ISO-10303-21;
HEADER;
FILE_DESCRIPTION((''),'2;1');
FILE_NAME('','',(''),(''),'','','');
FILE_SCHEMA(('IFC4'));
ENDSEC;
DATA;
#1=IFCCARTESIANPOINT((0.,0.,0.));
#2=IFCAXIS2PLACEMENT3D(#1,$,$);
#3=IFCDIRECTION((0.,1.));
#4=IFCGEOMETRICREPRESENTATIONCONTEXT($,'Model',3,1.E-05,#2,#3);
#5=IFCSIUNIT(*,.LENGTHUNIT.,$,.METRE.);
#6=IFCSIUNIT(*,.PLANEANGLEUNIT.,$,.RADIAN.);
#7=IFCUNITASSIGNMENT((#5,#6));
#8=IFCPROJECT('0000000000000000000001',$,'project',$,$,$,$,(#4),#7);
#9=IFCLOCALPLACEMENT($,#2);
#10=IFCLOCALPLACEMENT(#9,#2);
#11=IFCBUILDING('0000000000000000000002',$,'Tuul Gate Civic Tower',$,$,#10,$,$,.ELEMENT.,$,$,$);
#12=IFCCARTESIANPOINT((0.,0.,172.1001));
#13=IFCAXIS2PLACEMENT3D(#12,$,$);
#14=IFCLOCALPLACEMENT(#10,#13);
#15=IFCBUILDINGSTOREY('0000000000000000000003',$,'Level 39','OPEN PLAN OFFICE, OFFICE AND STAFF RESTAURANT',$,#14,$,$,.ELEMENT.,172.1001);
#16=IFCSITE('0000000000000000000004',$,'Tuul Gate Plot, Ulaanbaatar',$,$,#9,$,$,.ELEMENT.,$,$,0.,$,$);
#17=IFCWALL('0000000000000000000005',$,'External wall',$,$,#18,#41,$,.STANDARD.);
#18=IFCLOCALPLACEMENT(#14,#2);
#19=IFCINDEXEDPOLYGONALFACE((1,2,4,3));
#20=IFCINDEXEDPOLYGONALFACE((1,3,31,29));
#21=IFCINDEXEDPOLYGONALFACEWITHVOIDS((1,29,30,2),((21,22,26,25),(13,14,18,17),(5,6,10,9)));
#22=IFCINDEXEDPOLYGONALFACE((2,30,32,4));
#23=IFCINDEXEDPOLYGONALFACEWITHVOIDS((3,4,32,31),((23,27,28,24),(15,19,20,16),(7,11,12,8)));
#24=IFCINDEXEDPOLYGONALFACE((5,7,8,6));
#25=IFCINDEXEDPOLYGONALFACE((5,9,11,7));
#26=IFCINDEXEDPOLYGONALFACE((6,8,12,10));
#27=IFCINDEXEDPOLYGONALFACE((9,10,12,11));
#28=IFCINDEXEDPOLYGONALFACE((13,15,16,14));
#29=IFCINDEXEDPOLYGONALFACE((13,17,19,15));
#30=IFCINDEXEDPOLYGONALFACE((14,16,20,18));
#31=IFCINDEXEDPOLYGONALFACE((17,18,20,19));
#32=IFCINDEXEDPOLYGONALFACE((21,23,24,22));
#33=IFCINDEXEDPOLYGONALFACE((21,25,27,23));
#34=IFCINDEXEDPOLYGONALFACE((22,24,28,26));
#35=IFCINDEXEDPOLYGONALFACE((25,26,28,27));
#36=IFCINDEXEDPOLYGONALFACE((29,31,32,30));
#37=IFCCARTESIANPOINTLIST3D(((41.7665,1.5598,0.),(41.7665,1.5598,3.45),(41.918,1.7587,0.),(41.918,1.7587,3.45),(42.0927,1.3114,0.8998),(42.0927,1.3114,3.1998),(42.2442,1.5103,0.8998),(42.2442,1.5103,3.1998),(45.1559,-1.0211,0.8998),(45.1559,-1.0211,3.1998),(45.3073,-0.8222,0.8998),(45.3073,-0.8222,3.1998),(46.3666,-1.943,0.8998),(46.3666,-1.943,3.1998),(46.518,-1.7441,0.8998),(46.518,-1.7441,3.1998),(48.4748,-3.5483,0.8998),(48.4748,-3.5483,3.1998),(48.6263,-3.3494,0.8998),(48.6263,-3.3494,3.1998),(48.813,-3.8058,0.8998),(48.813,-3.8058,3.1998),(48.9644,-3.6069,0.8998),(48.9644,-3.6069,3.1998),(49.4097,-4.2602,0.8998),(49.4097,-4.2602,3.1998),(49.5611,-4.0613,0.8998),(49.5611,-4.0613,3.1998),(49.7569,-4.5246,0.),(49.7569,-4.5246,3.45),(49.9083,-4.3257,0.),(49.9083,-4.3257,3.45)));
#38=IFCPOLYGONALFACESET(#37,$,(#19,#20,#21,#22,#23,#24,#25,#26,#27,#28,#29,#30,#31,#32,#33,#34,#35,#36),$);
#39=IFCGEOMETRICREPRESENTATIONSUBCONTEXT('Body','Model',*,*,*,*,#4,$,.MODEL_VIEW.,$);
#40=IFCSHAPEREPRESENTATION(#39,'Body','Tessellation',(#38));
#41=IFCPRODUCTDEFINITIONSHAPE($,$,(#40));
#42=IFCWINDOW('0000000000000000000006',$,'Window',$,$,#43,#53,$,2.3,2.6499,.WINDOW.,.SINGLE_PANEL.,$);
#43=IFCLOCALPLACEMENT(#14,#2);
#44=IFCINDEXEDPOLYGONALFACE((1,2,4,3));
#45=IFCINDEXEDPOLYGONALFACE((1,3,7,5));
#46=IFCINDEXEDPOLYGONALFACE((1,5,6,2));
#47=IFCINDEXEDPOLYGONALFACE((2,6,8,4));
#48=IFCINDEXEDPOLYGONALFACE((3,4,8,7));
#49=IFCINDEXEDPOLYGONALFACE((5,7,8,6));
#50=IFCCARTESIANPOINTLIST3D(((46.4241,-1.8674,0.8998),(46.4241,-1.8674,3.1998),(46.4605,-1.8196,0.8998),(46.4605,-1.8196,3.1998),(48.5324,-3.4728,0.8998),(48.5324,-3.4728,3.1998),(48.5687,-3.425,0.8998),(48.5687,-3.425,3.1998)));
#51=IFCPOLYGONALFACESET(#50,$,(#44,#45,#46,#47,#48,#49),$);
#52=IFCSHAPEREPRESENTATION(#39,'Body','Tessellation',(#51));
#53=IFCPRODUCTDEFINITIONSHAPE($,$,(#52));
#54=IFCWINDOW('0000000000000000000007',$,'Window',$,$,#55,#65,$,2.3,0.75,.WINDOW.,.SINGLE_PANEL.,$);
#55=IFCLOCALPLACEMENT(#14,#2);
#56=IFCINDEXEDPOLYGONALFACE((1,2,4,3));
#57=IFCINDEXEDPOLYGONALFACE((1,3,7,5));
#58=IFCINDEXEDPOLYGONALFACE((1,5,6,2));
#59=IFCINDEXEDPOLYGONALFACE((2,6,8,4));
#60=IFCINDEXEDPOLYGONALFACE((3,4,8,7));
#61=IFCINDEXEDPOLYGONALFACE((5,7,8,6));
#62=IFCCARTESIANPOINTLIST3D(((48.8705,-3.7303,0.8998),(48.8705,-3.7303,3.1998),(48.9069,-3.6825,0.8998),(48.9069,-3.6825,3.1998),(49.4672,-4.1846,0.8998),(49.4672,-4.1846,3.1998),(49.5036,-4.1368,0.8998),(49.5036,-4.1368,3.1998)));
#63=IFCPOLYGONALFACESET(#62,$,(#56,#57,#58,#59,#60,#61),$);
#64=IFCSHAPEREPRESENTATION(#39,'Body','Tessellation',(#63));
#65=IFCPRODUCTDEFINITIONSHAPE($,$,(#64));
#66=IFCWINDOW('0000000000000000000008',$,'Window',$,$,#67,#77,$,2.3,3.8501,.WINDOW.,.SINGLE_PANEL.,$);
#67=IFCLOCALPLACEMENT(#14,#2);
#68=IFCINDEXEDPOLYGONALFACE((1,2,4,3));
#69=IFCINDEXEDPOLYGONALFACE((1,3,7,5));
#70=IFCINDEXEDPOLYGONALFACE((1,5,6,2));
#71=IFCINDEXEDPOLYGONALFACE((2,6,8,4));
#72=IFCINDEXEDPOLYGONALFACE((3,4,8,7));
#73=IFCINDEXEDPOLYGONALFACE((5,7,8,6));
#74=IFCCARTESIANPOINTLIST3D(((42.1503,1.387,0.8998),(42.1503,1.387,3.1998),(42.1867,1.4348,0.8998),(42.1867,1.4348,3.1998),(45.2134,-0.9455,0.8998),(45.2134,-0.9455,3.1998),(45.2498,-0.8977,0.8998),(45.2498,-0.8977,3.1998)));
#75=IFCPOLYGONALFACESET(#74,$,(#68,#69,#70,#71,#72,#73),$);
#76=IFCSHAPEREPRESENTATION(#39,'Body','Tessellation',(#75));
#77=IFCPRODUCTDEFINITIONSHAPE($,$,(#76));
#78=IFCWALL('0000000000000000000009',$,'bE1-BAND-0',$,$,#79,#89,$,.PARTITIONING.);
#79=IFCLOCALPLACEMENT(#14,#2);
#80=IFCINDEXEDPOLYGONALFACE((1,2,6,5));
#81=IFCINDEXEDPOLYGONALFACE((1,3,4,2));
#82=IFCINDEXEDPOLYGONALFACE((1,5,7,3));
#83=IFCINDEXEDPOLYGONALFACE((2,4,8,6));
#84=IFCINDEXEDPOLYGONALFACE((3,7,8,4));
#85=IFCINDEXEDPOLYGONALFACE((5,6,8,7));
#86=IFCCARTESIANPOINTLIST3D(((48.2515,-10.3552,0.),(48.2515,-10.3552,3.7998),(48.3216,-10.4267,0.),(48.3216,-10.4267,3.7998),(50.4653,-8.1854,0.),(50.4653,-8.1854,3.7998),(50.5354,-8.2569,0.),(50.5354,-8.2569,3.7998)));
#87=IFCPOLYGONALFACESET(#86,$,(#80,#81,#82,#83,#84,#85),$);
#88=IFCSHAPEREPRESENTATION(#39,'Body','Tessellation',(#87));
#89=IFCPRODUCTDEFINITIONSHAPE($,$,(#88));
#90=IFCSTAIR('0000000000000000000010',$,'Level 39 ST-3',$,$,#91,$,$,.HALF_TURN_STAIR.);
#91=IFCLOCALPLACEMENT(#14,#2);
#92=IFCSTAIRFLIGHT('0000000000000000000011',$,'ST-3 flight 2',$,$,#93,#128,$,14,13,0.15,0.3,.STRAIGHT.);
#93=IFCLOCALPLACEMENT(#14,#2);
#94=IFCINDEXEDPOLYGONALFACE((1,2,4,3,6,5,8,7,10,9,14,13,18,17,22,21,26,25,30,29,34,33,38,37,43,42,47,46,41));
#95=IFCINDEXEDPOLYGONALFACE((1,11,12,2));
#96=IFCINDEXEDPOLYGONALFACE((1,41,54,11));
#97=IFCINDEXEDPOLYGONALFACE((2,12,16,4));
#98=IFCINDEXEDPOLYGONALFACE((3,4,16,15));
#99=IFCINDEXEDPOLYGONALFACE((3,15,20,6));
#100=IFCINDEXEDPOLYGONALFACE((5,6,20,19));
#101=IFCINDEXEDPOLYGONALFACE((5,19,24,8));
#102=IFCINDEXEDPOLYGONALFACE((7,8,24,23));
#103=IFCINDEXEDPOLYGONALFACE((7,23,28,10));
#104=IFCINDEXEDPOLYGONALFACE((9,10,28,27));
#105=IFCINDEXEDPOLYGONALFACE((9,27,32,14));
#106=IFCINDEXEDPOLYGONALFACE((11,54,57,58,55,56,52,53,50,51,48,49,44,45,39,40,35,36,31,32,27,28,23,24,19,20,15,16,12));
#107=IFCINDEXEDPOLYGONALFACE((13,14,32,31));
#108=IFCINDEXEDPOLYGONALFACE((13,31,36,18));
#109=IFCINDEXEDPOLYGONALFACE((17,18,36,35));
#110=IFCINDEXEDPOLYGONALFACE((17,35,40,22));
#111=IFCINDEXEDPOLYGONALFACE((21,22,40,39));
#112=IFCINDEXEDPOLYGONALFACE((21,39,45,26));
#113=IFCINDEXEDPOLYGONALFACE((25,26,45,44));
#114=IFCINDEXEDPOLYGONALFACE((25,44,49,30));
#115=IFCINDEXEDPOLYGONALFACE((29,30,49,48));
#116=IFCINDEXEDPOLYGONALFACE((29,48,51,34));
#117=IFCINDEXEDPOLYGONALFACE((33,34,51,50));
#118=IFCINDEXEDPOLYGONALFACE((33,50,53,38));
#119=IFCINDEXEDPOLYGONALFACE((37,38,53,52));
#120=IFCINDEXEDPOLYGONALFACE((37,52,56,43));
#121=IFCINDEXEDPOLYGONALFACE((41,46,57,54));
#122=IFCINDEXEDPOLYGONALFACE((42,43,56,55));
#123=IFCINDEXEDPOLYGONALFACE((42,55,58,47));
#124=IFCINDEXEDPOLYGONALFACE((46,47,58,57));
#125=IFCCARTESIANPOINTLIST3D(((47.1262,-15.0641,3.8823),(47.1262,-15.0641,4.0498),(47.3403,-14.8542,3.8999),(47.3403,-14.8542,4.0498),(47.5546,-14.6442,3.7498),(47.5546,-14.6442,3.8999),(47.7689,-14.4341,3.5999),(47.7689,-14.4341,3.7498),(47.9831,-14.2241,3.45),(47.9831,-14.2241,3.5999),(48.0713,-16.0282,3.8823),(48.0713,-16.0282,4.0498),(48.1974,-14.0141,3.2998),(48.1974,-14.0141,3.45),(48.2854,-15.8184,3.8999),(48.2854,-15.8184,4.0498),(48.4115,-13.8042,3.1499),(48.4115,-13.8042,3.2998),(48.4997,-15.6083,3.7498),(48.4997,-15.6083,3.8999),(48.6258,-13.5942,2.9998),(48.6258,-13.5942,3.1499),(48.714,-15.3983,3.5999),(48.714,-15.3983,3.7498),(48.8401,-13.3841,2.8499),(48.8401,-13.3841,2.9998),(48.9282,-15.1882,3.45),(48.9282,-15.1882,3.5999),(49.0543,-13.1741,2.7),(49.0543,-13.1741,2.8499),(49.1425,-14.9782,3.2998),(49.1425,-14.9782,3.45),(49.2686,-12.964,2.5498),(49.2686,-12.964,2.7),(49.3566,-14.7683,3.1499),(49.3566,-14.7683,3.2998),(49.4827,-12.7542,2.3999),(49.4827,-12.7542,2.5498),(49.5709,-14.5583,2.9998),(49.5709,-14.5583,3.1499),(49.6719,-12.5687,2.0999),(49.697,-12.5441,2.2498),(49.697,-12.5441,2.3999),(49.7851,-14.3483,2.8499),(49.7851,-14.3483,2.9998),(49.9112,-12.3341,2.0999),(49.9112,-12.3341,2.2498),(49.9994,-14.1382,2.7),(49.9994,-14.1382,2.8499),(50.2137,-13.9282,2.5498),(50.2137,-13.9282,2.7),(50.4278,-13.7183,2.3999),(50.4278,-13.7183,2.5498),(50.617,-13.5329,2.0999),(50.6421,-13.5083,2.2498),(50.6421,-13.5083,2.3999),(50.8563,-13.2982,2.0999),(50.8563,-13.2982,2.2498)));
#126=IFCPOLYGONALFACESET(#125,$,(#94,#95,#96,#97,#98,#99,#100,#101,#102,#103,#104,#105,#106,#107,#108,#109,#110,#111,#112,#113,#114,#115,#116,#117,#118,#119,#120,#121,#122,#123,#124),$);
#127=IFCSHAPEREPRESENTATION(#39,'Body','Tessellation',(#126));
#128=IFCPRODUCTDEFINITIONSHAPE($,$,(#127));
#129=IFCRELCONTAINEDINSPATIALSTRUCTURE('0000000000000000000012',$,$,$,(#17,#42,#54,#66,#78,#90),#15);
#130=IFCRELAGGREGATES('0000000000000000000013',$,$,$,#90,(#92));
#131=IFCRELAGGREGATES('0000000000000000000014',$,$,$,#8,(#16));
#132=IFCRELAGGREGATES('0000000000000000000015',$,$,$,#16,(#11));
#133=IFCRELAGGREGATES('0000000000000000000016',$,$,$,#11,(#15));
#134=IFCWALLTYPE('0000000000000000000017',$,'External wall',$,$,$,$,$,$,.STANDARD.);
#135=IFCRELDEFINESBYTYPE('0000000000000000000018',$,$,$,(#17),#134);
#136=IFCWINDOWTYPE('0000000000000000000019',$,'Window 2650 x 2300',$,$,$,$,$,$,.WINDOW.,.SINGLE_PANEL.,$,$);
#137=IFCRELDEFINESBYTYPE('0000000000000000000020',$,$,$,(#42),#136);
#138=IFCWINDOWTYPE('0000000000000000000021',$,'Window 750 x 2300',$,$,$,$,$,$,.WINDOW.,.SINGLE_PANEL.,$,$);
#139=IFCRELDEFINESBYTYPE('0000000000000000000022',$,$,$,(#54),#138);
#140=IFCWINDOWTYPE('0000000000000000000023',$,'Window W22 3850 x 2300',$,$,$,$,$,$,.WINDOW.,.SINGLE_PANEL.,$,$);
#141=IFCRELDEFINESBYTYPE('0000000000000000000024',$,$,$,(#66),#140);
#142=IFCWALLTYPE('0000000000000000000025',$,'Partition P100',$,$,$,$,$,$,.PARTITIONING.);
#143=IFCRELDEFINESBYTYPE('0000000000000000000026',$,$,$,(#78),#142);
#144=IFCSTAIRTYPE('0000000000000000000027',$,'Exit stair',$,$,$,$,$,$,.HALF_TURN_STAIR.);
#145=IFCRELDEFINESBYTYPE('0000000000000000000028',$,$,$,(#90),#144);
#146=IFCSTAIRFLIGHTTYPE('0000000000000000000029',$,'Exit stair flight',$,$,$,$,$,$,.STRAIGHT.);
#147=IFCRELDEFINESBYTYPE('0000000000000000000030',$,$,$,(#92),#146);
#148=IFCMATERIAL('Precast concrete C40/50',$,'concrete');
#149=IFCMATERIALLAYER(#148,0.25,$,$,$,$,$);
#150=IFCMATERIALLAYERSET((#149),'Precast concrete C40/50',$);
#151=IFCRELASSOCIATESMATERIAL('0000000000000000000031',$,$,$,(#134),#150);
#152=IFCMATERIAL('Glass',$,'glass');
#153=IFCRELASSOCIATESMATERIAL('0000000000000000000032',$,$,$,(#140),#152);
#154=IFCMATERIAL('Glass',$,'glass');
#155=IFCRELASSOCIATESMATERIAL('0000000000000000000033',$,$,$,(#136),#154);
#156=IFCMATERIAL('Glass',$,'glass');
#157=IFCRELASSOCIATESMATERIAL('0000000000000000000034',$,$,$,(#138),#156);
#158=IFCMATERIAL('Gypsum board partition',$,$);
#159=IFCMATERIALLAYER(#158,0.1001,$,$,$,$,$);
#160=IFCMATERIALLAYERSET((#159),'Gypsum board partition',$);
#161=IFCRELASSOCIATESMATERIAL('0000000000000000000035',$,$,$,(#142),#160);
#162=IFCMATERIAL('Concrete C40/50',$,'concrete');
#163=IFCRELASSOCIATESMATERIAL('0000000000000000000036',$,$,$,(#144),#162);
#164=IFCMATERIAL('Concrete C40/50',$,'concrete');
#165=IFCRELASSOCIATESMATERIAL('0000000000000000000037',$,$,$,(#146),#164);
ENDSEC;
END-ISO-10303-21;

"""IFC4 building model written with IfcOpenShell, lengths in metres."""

from ifc_helpers import new_model, si_unit, direction, frame, frame_2d, origin, place, context, subcontext, project, spatial, polyline, rectangle, outline, extrude, material, layer, layer_set, type_object, element, fill, aggregate, save


model = new_model("IFC4")

# Units and contexts
model_context = context("Model", 3, precision=1e-05, world=origin(), true_north=direction((0.0, 1.0)))
body_context = subcontext(model_context, "Body", "Model", "MODEL_VIEW")
ifc_project = project(units=[si_unit("LENGTHUNIT", "METRE"), si_unit("PLANEANGLEUNIT", "RADIAN")], contexts=[model_context])

# Site, building, storey
site_placement = place(None, origin())
site = spatial("IfcSite", under=ifc_project, at=site_placement, Name="Tuul Gate Plot, Ulaanbaatar", CompositionType="ELEMENT", RefElevation=0.0)
building_placement = place(site_placement, origin())
building = spatial("IfcBuilding", under=site, at=building_placement, Name="Tuul Gate Civic Tower", CompositionType="ELEMENT")
storey_placement = place(building_placement, frame((0.0, 0.0, 172.1001)))
storey = spatial("IfcBuildingStorey", under=building, at=storey_placement, Name="Level 39", Description="OPEN PLAN OFFICE, OFFICE AND STAFF RESTAURANT", CompositionType="ELEMENT", Elevation=172.1001)

# Wall, openings, windows
ifc_material_1 = material(Name="Precast concrete C40/50", Category="concrete")
ifc_layer_1 = layer(ifc_material_1, 0.25)
ifc_layer_set_1 = layer_set([ifc_layer_1], Name="Precast concrete C40/50")
wall_type_1 = type_object("IfcWallType", Name="External wall", PredefinedType="STANDARD", material=ifc_layer_set_1)
ifc_material_2 = material(Name="Glass", Category="glass")
window_type_1 = type_object("IfcWindowType", Name="Window W22 3850 x 2300", PartitioningType="SINGLE_PANEL", PredefinedType="WINDOW", material=ifc_material_2)
wall_1_placement = place(storey_placement, frame((49.8325, -4.425, 0.0), z_axis=(0.0, 0.0, 1.0), x_axis=(-0.7956, 0.605822, 0.0)))
wall_1 = element("IfcWall", 1, at=wall_1_placement, inside=storey, type_object=wall_type_1, Name="External wall", PredefinedType="STANDARD", context=body_context, shape_type="SweptSolid", body=[
    extrude(rectangle(XDim=10.0432, YDim=0.25, at=frame_2d((5.0215, 0.0))), origin(), (0.0, 0.0, 1.0), 3.45),
])
opening_1_placement = place(wall_1_placement, frame((5.783, 0.0, 0.8999)))
opening_1 = element("IfcOpeningElement", 2, at=opening_1_placement, cuts=wall_1, PredefinedType="OPENING", context=body_context, shape_type="SweptSolid", body=[
    extrude(rectangle(XDim=3.8501, YDim=2.3, at=frame_2d((1.925, 1.1499))), frame((0.0, 0.135, 0.0), z_axis=(0.0, -1.0, 0.0), x_axis=(1.0, 0.0, 0.0)), (0.0, 0.0, 1.0), 0.27),
])
opening_2_placement = place(wall_1_placement, frame((0.4363, 0.0, 0.8999)))
opening_2 = element("IfcOpeningElement", 3, at=opening_2_placement, cuts=wall_1, PredefinedType="OPENING", context=body_context, shape_type="SweptSolid", body=[
    extrude(rectangle(XDim=0.75, YDim=2.3, at=frame_2d((0.375, 1.1499))), frame((0.0, 0.135, 0.0), z_axis=(0.0, -1.0, 0.0), x_axis=(1.0, 0.0, 0.0)), (0.0, 0.0, 1.0), 0.27),
])
opening_3_placement = place(wall_1_placement, frame((1.6113, 0.0, 0.8999)))
opening_3 = element("IfcOpeningElement", 4, at=opening_3_placement, cuts=wall_1, PredefinedType="OPENING", context=body_context, shape_type="SweptSolid", body=[
    extrude(rectangle(XDim=2.6499, YDim=2.3, at=frame_2d((1.325, 1.1499))), frame((0.0, 0.135, 0.0), z_axis=(0.0, -1.0, 0.0), x_axis=(1.0, 0.0, 0.0)), (0.0, 0.0, 1.0), 0.27),
])
ifc_material_3 = material(Name="Glass", Category="glass")
window_type_2 = type_object("IfcWindowType", Name="Window 2650 x 2300", PartitioningType="SINGLE_PANEL", PredefinedType="WINDOW", material=ifc_material_3)
window_1_placement = place(opening_3_placement, origin())
window_1 = element("IfcWindow", 5, at=window_1_placement, inside=storey, type_object=window_type_2, Name="Window", OverallHeight=2.3, OverallWidth=2.6499, PartitioningType="SINGLE_PANEL", PredefinedType="WINDOW", context=body_context, shape_type="SweptSolid", body=[
    extrude(rectangle(XDim=2.6499, YDim=2.3, at=frame_2d((1.325, 1.1499))), frame((0.0, 0.03, 0.0), z_axis=(0.0, -1.0, 0.0), x_axis=(1.0, 0.0, 0.0)), (0.0, 0.0, 1.0), 0.0601),
])
fill(opening_3, window_1)
ifc_material_4 = material(Name="Glass", Category="glass")
window_type_3 = type_object("IfcWindowType", Name="Window 750 x 2300", PartitioningType="SINGLE_PANEL", PredefinedType="WINDOW", material=ifc_material_4)
window_2_placement = place(opening_2_placement, origin())
window_2 = element("IfcWindow", 6, at=window_2_placement, inside=storey, type_object=window_type_3, Name="Window", OverallHeight=2.3, OverallWidth=0.75, PartitioningType="SINGLE_PANEL", PredefinedType="WINDOW", context=body_context, shape_type="SweptSolid", body=[
    extrude(rectangle(XDim=0.75, YDim=2.3, at=frame_2d((0.375, 1.1499))), frame((0.0, 0.03, 0.0), z_axis=(0.0, -1.0, 0.0), x_axis=(1.0, 0.0, 0.0)), (0.0, 0.0, 1.0), 0.0601),
])
fill(opening_2, window_2)
window_3_placement = place(opening_1_placement, origin())
window_3 = element("IfcWindow", 7, at=window_3_placement, inside=storey, type_object=window_type_1, Name="Window", OverallHeight=2.3, OverallWidth=3.8501, PartitioningType="SINGLE_PANEL", PredefinedType="WINDOW", context=body_context, shape_type="SweptSolid", body=[
    extrude(rectangle(XDim=3.8501, YDim=2.3, at=frame_2d((1.925, 1.1499))), frame((0.0, 0.03, 0.0), z_axis=(0.0, -1.0, 0.0), x_axis=(1.0, 0.0, 0.0)), (0.0, 0.0, 1.0), 0.0601),
])
fill(opening_1, window_3)

# Wall
ifc_material_5 = material(Name="Gypsum board partition")
ifc_layer_2 = layer(ifc_material_5, 0.1001)
ifc_layer_set_2 = layer_set([ifc_layer_2], Name="Gypsum board partition")
wall_type_2 = type_object("IfcWallType", Name="Partition P100", PredefinedType="PARTITIONING", material=ifc_layer_set_2)
wall_2_placement = place(storey_placement, frame((48.2866, -10.3909, 0.0), z_axis=(0.0, 0.0, 1.0), x_axis=(0.714159, 0.699983, 0.0)))
element("IfcWall", 8, at=wall_2_placement, inside=storey, type_object=wall_type_2, Name="bE1-BAND-0", PredefinedType="PARTITIONING", context=body_context, shape_type="SweptSolid", body=[
    extrude(rectangle(XDim=3.0999, YDim=0.1001, at=frame_2d((1.5498, 0.0))), origin(), (0.0, 0.0, 1.0), 3.7998),
])

# Stair, stair flight
ifc_material_6 = material(Name="Concrete C40/50", Category="concrete")
stair_type = type_object("IfcStairType", Name="Exit stair", PredefinedType="HALF_TURN_STAIR", material=ifc_material_6)
stair_placement = place(storey_placement, origin())
stair = element("IfcStair", 9, at=stair_placement, inside=storey, type_object=stair_type, Name="Level 39 ST-3", PredefinedType="HALF_TURN_STAIR")
ifc_material_7 = material(Name="Concrete C40/50", Category="concrete")
stair_flight_type = type_object("IfcStairFlightType", Name="Exit stair flight", PredefinedType="STRAIGHT", material=ifc_material_7)
stair_flight_placement = place(storey_placement, frame((50.3838, -12.8162, 2.0999), z_axis=(0.0, 0.0, 1.0), x_axis=(-0.714127, -0.700016, 0.0)))
stair_flight = element("IfcStairFlight", 10, at=stair_flight_placement, type_object=stair_flight_type, Name="ST-3 flight 2", NumberOfRisers=14, NumberOfTreads=13, PredefinedType="STRAIGHT", RiserHeight=0.15, TreadLength=0.3, context=body_context, shape_type="SweptSolid", body=[
    extrude(outline(polyline([(0.0, 0.0), (0.0, 0.1499), (0.3, 0.1499), (0.3, 0.3), (0.6001, 0.3), (0.6001, 0.45), (0.8999, 0.45), (0.8999, 0.6001), (1.2, 0.6001), (1.2, 0.75), (1.5, 0.75), (1.5, 0.8999), (1.8, 0.8999), (1.8, 1.05), (2.1001, 1.05), (2.1001, 1.2), (2.3999, 1.2), (2.3999, 1.3501), (2.7, 1.3501), (2.7, 1.5), (3.0, 1.5), (3.0, 1.6499), (3.3, 1.6499), (3.3, 1.8), (3.6001, 1.8), (3.6001, 1.95), (3.8999, 1.95), (3.8999, 2.1001), (3.8999, 1.7825), (0.3352, 0.0), (0.0, 0.0)])), frame((0.0, 0.675, 0.0), z_axis=(0.0, -1.0, 0.0), x_axis=(1.0, 0.0, 0.0)), (0.0, 0.0, 1.0), 1.3501),
])
aggregate(stair, [stair_flight])

save(model, "model.ifc")
